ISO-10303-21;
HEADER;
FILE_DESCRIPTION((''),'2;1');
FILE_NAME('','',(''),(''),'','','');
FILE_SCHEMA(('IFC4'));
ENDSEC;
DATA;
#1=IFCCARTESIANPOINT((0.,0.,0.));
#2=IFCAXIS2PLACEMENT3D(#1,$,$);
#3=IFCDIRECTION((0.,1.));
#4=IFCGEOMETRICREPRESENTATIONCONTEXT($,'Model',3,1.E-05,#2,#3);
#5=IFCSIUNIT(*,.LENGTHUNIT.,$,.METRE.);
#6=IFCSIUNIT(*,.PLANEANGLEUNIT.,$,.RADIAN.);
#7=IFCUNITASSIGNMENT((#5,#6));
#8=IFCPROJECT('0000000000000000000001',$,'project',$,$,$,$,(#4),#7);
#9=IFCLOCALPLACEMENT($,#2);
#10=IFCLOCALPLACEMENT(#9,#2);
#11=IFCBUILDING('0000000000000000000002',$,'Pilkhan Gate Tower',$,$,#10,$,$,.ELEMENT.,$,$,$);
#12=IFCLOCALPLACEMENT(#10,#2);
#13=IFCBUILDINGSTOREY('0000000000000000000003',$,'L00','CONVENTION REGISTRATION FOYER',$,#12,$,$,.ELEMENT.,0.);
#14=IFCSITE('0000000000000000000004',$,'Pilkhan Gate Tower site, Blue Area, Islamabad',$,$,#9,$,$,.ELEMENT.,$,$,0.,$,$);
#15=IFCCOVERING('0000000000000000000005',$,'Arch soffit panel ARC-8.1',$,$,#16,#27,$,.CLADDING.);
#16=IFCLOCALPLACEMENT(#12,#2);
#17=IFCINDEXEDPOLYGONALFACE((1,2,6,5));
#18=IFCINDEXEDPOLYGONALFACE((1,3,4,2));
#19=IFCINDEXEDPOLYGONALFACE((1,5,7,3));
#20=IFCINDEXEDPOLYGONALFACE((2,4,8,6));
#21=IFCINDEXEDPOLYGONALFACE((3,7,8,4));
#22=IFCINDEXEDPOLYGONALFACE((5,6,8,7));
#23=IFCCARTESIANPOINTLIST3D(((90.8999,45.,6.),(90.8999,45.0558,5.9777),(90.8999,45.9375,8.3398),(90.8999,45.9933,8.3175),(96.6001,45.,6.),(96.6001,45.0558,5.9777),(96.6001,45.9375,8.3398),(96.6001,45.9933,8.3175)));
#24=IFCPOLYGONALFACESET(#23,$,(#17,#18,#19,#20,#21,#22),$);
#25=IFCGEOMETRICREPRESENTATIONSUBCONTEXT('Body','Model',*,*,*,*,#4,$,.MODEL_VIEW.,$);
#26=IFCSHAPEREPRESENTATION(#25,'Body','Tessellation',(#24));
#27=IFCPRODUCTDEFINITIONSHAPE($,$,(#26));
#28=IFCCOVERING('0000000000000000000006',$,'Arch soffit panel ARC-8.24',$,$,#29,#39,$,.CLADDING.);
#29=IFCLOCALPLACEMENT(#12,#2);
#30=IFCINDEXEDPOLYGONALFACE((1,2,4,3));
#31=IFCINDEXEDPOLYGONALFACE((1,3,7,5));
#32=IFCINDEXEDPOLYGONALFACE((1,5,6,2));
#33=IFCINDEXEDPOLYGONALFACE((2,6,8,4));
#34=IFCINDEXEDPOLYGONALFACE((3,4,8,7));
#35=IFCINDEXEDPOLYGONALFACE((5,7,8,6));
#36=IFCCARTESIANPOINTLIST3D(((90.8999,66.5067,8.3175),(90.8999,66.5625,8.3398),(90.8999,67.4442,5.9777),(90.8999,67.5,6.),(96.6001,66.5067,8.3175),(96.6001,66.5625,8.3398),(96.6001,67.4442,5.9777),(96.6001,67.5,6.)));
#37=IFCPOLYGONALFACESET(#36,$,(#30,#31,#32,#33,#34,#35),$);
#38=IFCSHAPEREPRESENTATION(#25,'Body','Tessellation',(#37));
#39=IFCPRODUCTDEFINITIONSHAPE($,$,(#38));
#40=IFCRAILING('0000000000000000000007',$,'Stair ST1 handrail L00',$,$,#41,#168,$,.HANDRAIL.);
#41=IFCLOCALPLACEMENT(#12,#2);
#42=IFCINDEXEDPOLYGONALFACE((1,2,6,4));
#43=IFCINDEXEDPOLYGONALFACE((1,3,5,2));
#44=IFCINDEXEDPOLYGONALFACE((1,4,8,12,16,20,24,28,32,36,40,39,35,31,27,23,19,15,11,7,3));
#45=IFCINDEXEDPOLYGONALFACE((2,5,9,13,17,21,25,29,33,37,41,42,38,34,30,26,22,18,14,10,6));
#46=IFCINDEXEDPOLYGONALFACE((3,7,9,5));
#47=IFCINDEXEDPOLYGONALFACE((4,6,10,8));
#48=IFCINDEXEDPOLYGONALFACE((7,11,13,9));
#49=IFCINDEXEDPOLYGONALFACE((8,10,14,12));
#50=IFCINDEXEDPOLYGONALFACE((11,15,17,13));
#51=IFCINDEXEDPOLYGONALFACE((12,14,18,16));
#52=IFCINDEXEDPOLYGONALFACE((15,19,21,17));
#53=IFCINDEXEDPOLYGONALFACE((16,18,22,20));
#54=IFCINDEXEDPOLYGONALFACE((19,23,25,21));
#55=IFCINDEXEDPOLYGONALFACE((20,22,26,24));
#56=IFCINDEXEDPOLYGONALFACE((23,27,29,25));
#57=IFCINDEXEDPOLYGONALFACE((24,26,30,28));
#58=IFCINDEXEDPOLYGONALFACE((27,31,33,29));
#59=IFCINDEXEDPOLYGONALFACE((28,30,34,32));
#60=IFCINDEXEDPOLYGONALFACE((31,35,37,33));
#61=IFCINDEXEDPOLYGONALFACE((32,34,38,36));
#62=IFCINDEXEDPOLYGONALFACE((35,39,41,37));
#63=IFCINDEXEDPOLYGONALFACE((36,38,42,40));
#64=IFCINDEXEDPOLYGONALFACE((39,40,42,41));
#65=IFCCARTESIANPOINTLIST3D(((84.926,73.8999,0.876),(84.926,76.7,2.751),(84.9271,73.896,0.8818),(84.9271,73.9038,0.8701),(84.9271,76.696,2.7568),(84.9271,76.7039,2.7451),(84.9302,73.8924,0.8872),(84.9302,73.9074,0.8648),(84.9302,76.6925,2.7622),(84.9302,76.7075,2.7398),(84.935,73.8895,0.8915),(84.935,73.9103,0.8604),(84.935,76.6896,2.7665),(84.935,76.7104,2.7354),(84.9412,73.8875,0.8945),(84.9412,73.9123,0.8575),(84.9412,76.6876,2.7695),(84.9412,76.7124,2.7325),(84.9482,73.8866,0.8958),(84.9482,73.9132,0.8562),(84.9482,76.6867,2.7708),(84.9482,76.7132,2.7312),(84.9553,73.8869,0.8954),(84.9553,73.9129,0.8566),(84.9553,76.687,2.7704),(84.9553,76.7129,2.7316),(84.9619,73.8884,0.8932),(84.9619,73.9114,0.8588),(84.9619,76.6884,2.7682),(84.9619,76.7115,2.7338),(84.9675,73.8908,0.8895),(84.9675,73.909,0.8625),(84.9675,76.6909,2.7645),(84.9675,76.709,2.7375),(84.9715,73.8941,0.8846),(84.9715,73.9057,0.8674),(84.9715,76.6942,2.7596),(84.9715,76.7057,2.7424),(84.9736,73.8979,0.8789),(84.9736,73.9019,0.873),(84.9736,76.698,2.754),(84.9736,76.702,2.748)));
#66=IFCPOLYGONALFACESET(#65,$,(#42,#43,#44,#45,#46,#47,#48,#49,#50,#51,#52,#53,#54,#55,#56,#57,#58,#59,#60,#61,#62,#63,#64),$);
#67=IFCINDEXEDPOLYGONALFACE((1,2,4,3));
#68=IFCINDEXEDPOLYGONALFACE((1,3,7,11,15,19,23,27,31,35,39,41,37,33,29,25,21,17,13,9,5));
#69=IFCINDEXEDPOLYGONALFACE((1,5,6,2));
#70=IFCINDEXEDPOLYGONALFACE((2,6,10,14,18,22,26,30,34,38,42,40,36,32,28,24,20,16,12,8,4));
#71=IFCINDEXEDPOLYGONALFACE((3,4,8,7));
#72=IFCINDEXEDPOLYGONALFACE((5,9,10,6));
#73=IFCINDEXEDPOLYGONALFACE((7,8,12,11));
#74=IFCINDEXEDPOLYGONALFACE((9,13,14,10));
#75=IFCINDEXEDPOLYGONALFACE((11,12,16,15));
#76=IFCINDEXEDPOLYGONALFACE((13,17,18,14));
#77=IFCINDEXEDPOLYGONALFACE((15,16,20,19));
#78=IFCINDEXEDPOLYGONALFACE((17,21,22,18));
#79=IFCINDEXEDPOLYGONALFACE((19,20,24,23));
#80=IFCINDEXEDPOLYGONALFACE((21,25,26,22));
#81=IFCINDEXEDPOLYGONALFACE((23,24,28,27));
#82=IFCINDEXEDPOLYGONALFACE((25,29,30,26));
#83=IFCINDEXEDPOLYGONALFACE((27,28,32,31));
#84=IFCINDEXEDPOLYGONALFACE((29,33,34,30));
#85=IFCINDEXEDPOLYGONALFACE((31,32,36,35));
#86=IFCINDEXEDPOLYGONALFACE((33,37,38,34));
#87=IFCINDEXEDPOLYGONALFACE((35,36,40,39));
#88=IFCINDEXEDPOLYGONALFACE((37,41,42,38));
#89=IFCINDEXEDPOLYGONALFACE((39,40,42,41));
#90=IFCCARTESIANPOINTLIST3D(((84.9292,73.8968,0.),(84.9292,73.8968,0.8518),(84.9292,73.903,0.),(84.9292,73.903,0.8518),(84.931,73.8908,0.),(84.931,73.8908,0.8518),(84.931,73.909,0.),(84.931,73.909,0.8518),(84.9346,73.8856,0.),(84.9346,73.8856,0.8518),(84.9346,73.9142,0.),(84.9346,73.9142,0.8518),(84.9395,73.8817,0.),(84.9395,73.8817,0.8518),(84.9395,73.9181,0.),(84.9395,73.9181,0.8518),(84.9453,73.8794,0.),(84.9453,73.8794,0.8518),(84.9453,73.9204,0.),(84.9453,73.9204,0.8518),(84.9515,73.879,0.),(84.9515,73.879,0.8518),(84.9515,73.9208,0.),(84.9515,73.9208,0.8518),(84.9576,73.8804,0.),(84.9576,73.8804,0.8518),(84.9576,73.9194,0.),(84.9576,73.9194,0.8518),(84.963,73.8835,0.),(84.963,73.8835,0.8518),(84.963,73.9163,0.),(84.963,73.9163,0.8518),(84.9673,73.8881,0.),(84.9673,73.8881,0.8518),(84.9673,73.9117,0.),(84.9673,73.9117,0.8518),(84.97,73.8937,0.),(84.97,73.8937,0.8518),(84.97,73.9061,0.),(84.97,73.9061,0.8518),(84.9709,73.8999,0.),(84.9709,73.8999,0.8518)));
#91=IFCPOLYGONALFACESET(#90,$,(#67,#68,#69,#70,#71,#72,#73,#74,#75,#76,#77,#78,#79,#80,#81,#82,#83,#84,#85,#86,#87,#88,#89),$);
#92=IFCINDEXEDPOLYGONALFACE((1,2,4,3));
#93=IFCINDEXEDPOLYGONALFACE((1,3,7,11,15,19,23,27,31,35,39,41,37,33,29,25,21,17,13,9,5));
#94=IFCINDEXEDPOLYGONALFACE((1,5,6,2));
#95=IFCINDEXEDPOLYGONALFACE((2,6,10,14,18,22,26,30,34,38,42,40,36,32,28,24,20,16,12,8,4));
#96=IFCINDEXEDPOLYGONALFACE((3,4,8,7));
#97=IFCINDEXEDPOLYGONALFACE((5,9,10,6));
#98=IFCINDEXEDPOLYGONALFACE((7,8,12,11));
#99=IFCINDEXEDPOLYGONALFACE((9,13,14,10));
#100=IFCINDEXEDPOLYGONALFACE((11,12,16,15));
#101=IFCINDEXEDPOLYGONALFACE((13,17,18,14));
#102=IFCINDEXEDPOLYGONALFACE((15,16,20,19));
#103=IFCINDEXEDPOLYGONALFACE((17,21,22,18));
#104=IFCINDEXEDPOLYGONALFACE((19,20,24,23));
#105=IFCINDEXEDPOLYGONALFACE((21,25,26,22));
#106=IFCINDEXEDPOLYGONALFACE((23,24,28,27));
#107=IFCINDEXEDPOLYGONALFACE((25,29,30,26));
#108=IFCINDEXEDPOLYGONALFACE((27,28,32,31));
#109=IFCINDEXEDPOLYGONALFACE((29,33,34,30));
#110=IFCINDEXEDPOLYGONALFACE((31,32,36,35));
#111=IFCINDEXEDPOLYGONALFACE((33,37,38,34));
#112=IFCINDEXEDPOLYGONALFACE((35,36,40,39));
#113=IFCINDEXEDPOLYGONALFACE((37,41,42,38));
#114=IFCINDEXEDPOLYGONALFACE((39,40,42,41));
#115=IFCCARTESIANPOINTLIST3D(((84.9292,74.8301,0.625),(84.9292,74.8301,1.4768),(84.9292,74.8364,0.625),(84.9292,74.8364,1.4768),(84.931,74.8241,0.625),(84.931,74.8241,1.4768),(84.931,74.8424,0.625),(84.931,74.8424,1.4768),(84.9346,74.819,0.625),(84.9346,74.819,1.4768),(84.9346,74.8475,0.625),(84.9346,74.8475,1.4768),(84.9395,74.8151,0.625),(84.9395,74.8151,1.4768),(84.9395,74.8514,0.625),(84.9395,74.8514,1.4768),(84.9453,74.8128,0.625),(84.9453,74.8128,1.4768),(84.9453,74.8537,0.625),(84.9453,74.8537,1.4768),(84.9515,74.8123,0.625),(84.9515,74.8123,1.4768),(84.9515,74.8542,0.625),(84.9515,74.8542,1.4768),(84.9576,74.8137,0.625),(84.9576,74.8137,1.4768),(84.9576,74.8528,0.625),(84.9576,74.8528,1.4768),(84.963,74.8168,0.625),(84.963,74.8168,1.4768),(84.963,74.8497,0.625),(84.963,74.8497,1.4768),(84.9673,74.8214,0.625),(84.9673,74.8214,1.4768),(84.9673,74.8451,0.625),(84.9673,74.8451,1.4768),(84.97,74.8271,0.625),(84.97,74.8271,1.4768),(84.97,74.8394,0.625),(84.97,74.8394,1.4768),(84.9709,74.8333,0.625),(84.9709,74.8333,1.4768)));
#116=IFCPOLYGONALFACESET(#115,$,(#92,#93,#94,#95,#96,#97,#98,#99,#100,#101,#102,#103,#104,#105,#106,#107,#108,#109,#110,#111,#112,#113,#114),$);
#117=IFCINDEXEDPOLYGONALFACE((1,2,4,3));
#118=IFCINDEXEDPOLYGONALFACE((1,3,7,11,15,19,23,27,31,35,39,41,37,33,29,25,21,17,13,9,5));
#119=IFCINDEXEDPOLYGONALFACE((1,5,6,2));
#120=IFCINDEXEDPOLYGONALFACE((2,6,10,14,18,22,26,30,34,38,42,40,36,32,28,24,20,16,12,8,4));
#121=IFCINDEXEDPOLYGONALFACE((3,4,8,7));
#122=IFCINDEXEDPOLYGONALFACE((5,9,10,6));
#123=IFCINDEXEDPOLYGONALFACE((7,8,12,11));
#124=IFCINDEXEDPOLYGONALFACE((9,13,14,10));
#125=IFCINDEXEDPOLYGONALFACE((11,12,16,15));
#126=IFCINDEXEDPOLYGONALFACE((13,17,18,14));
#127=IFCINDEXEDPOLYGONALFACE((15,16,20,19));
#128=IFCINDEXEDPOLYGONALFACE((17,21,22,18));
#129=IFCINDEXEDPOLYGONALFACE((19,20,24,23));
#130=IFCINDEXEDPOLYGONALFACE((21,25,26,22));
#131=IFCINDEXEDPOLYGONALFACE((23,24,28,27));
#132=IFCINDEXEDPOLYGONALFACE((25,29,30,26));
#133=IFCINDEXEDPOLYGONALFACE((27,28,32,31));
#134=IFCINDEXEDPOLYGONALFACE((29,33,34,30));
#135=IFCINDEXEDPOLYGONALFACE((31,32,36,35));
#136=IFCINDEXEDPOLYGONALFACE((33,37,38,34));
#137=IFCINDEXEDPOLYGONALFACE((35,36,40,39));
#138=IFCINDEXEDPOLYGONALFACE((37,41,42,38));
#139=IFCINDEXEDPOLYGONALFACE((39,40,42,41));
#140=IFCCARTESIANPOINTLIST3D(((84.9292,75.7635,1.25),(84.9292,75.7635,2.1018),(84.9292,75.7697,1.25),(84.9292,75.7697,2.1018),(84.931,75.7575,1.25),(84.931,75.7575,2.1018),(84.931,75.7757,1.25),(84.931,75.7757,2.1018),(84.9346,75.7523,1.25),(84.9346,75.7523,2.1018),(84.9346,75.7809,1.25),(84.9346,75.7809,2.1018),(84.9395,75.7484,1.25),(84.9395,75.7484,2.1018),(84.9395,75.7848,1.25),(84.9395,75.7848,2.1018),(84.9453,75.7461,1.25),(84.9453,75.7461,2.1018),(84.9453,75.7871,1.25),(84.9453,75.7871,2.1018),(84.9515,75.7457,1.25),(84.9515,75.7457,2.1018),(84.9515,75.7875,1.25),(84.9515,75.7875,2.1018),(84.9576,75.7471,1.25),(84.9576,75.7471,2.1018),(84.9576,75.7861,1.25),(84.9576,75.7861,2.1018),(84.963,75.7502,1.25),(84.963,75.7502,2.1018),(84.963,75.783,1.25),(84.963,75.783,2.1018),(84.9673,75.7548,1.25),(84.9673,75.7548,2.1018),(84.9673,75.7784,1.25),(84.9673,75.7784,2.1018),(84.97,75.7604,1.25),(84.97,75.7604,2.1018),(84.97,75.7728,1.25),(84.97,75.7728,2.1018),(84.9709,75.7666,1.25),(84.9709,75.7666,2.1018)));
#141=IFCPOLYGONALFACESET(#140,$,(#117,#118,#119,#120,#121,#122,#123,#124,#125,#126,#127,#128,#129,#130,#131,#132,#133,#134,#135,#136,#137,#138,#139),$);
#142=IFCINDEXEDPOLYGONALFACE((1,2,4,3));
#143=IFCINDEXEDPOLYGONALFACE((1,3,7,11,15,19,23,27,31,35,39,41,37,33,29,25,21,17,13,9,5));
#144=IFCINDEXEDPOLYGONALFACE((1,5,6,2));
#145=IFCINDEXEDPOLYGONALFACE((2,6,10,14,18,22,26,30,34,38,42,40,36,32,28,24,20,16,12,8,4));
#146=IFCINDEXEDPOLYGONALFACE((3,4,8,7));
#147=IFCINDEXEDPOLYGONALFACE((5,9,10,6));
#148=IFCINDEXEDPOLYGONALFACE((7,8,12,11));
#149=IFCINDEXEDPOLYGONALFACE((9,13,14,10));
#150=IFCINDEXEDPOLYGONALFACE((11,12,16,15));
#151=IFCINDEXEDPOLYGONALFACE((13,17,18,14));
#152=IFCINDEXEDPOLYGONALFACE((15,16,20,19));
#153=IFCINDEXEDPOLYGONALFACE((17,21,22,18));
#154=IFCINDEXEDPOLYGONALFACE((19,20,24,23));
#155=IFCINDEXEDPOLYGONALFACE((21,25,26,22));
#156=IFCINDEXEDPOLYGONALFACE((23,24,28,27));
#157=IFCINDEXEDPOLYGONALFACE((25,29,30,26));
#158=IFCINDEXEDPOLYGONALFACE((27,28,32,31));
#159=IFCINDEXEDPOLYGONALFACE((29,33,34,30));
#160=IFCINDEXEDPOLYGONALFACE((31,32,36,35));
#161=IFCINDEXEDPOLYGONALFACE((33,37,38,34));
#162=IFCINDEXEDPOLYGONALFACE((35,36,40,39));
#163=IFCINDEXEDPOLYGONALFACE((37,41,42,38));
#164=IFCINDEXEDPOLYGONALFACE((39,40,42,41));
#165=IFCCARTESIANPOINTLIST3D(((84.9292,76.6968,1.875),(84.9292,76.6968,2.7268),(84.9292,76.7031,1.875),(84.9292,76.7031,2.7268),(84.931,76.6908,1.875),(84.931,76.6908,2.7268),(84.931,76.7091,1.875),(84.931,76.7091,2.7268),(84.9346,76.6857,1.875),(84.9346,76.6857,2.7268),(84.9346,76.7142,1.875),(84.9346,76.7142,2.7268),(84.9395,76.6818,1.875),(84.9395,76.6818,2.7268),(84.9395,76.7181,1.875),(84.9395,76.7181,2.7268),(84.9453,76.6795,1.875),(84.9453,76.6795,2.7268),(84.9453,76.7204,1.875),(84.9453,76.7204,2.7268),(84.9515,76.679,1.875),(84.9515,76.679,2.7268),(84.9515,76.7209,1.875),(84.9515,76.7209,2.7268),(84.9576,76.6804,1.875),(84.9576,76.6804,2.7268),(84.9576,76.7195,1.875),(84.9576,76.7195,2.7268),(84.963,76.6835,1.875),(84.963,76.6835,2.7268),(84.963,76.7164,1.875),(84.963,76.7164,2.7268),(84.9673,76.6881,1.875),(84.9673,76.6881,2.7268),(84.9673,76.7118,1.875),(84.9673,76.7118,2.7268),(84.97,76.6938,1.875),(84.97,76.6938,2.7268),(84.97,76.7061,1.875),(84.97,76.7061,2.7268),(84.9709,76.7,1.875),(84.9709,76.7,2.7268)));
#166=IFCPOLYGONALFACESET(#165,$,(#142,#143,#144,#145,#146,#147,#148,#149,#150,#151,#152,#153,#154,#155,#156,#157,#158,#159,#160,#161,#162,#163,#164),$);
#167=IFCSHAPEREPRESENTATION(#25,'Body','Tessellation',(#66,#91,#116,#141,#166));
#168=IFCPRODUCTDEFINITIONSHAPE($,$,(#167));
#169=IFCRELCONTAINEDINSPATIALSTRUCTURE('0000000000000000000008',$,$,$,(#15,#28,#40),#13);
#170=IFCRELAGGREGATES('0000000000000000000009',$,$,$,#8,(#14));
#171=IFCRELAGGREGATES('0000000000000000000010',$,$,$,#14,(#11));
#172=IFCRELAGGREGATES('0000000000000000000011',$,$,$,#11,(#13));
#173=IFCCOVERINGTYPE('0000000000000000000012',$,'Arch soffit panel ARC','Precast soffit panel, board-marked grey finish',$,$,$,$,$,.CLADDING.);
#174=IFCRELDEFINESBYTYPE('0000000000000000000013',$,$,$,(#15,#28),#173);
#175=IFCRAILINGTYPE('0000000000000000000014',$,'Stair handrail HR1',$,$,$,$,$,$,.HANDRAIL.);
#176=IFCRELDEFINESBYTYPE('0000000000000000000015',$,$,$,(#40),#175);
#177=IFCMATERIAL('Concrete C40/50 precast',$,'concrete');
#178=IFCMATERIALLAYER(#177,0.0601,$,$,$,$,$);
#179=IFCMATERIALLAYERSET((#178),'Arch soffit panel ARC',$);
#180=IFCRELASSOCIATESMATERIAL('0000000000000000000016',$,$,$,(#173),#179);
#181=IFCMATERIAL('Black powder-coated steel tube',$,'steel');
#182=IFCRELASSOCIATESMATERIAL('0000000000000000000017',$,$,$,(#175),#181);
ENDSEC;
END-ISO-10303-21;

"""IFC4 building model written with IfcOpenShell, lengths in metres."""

from ifc_helpers import new_model, si_unit, direction, frame, origin, origin_2d, place, context, subcontext, project, spatial, polyline, circle, outline, extrude, material, layer, layer_set, type_object, element, save


model = new_model("IFC4")

# Units and contexts
model_context = context("Model", 3, precision=1e-05, world=origin(), true_north=direction((0.0, 1.0)))
body_context = subcontext(model_context, "Body", "Model", "MODEL_VIEW")
ifc_project = project(units=[si_unit("LENGTHUNIT", "METRE"), si_unit("PLANEANGLEUNIT", "RADIAN")], contexts=[model_context])

# Site, building, storey
site_placement = place(None, origin())
site = spatial("IfcSite", under=ifc_project, at=site_placement, Name="Pilkhan Gate Tower site, Blue Area, Islamabad", CompositionType="ELEMENT", RefElevation=0.0)
building_placement = place(site_placement, origin())
building = spatial("IfcBuilding", under=site, at=building_placement, Name="Pilkhan Gate Tower", CompositionType="ELEMENT")
storey_placement = place(building_placement, origin())
storey = spatial("IfcBuildingStorey", under=building, at=storey_placement, Name="L00", Description="CONVENTION REGISTRATION FOYER", CompositionType="ELEMENT", Elevation=0.0)

# Shared definitions
ifc_material_1 = material(Name="Concrete C40/50 precast", Category="concrete")

# Coverings
ifc_layer_1 = layer(ifc_material_1, 0.0601)
ifc_layer_set_1 = layer_set([ifc_layer_1], Name="Arch soffit panel ARC")
covering_type = type_object("IfcCoveringType", Name="Arch soffit panel ARC", Description="Precast soffit panel, board-marked grey finish", PredefinedType="CLADDING", material=ifc_layer_set_1)
for number, where, z_axis, x_axis, name in (
    (1, (90.8999, 45.0, 6.0), (0.0, -0.928263, 0.371925), (1.0, 0.0, 0.0), "Arch soffit panel ARC-8.1"),
    (2, (90.8999, 66.5625, 8.3398), (0.0, 0.928263, 0.371925), (1.0, 0.0, 0.0), "Arch soffit panel ARC-8.24"),
):
    element("IfcCovering", number, at=place(storey_placement, frame(where, z_axis=z_axis, x_axis=x_axis)), inside=storey, type_object=covering_type, Name=name, PredefinedType="CLADDING", context=body_context, shape_type="SweptSolid", body=[
        extrude(outline(polyline([(0.0, 0.0), (5.7002, 0.0), (5.7002, 2.5207), (0.0, 2.5207), (0.0, 0.0)])), origin(), (0.0, 0.0, -1.0), 0.0601),
    ])

# Railing
ifc_material_2 = material(Name="Black powder-coated steel tube", Category="steel")
railing_type = type_object("IfcRailingType", Name="Stair handrail HR1", PredefinedType="HANDRAIL", material=ifc_material_2)
for number, where, name in (
    (3, (84.95, 73.8999, 0.0), "Stair ST1 handrail L00"),
):
    element("IfcRailing", number, at=place(storey_placement, frame(where)), inside=storey, type_object=railing_type, Name=name, PredefinedType="HANDRAIL", context=body_context, shape_type="SweptSolid", body=[
        extrude(circle(Radius=0.0239, at=origin_2d()), frame((0.0, 0.0, 0.876), z_axis=(0.0, 0.830912, 0.556404), x_axis=(-1.0, 0.0, 0.0)), (0.0, 0.0, 1.0), 3.3699),
        extrude(circle(Radius=0.021, at=origin_2d()), origin(), (0.0, 0.0, 1.0), 0.8518),
        extrude(circle(Radius=0.021, at=origin_2d()), frame((0.0, 0.9333, 0.625)), (0.0, 0.0, 1.0), 0.8518),
        extrude(circle(Radius=0.021, at=origin_2d()), frame((0.0, 1.8667, 1.25)), (0.0, 0.0, 1.0), 0.8518),
        extrude(circle(Radius=0.021, at=origin_2d()), frame((0.0, 2.8, 1.875)), (0.0, 0.0, 1.0), 0.8518),
    ])

save(model, "model.ifc")
